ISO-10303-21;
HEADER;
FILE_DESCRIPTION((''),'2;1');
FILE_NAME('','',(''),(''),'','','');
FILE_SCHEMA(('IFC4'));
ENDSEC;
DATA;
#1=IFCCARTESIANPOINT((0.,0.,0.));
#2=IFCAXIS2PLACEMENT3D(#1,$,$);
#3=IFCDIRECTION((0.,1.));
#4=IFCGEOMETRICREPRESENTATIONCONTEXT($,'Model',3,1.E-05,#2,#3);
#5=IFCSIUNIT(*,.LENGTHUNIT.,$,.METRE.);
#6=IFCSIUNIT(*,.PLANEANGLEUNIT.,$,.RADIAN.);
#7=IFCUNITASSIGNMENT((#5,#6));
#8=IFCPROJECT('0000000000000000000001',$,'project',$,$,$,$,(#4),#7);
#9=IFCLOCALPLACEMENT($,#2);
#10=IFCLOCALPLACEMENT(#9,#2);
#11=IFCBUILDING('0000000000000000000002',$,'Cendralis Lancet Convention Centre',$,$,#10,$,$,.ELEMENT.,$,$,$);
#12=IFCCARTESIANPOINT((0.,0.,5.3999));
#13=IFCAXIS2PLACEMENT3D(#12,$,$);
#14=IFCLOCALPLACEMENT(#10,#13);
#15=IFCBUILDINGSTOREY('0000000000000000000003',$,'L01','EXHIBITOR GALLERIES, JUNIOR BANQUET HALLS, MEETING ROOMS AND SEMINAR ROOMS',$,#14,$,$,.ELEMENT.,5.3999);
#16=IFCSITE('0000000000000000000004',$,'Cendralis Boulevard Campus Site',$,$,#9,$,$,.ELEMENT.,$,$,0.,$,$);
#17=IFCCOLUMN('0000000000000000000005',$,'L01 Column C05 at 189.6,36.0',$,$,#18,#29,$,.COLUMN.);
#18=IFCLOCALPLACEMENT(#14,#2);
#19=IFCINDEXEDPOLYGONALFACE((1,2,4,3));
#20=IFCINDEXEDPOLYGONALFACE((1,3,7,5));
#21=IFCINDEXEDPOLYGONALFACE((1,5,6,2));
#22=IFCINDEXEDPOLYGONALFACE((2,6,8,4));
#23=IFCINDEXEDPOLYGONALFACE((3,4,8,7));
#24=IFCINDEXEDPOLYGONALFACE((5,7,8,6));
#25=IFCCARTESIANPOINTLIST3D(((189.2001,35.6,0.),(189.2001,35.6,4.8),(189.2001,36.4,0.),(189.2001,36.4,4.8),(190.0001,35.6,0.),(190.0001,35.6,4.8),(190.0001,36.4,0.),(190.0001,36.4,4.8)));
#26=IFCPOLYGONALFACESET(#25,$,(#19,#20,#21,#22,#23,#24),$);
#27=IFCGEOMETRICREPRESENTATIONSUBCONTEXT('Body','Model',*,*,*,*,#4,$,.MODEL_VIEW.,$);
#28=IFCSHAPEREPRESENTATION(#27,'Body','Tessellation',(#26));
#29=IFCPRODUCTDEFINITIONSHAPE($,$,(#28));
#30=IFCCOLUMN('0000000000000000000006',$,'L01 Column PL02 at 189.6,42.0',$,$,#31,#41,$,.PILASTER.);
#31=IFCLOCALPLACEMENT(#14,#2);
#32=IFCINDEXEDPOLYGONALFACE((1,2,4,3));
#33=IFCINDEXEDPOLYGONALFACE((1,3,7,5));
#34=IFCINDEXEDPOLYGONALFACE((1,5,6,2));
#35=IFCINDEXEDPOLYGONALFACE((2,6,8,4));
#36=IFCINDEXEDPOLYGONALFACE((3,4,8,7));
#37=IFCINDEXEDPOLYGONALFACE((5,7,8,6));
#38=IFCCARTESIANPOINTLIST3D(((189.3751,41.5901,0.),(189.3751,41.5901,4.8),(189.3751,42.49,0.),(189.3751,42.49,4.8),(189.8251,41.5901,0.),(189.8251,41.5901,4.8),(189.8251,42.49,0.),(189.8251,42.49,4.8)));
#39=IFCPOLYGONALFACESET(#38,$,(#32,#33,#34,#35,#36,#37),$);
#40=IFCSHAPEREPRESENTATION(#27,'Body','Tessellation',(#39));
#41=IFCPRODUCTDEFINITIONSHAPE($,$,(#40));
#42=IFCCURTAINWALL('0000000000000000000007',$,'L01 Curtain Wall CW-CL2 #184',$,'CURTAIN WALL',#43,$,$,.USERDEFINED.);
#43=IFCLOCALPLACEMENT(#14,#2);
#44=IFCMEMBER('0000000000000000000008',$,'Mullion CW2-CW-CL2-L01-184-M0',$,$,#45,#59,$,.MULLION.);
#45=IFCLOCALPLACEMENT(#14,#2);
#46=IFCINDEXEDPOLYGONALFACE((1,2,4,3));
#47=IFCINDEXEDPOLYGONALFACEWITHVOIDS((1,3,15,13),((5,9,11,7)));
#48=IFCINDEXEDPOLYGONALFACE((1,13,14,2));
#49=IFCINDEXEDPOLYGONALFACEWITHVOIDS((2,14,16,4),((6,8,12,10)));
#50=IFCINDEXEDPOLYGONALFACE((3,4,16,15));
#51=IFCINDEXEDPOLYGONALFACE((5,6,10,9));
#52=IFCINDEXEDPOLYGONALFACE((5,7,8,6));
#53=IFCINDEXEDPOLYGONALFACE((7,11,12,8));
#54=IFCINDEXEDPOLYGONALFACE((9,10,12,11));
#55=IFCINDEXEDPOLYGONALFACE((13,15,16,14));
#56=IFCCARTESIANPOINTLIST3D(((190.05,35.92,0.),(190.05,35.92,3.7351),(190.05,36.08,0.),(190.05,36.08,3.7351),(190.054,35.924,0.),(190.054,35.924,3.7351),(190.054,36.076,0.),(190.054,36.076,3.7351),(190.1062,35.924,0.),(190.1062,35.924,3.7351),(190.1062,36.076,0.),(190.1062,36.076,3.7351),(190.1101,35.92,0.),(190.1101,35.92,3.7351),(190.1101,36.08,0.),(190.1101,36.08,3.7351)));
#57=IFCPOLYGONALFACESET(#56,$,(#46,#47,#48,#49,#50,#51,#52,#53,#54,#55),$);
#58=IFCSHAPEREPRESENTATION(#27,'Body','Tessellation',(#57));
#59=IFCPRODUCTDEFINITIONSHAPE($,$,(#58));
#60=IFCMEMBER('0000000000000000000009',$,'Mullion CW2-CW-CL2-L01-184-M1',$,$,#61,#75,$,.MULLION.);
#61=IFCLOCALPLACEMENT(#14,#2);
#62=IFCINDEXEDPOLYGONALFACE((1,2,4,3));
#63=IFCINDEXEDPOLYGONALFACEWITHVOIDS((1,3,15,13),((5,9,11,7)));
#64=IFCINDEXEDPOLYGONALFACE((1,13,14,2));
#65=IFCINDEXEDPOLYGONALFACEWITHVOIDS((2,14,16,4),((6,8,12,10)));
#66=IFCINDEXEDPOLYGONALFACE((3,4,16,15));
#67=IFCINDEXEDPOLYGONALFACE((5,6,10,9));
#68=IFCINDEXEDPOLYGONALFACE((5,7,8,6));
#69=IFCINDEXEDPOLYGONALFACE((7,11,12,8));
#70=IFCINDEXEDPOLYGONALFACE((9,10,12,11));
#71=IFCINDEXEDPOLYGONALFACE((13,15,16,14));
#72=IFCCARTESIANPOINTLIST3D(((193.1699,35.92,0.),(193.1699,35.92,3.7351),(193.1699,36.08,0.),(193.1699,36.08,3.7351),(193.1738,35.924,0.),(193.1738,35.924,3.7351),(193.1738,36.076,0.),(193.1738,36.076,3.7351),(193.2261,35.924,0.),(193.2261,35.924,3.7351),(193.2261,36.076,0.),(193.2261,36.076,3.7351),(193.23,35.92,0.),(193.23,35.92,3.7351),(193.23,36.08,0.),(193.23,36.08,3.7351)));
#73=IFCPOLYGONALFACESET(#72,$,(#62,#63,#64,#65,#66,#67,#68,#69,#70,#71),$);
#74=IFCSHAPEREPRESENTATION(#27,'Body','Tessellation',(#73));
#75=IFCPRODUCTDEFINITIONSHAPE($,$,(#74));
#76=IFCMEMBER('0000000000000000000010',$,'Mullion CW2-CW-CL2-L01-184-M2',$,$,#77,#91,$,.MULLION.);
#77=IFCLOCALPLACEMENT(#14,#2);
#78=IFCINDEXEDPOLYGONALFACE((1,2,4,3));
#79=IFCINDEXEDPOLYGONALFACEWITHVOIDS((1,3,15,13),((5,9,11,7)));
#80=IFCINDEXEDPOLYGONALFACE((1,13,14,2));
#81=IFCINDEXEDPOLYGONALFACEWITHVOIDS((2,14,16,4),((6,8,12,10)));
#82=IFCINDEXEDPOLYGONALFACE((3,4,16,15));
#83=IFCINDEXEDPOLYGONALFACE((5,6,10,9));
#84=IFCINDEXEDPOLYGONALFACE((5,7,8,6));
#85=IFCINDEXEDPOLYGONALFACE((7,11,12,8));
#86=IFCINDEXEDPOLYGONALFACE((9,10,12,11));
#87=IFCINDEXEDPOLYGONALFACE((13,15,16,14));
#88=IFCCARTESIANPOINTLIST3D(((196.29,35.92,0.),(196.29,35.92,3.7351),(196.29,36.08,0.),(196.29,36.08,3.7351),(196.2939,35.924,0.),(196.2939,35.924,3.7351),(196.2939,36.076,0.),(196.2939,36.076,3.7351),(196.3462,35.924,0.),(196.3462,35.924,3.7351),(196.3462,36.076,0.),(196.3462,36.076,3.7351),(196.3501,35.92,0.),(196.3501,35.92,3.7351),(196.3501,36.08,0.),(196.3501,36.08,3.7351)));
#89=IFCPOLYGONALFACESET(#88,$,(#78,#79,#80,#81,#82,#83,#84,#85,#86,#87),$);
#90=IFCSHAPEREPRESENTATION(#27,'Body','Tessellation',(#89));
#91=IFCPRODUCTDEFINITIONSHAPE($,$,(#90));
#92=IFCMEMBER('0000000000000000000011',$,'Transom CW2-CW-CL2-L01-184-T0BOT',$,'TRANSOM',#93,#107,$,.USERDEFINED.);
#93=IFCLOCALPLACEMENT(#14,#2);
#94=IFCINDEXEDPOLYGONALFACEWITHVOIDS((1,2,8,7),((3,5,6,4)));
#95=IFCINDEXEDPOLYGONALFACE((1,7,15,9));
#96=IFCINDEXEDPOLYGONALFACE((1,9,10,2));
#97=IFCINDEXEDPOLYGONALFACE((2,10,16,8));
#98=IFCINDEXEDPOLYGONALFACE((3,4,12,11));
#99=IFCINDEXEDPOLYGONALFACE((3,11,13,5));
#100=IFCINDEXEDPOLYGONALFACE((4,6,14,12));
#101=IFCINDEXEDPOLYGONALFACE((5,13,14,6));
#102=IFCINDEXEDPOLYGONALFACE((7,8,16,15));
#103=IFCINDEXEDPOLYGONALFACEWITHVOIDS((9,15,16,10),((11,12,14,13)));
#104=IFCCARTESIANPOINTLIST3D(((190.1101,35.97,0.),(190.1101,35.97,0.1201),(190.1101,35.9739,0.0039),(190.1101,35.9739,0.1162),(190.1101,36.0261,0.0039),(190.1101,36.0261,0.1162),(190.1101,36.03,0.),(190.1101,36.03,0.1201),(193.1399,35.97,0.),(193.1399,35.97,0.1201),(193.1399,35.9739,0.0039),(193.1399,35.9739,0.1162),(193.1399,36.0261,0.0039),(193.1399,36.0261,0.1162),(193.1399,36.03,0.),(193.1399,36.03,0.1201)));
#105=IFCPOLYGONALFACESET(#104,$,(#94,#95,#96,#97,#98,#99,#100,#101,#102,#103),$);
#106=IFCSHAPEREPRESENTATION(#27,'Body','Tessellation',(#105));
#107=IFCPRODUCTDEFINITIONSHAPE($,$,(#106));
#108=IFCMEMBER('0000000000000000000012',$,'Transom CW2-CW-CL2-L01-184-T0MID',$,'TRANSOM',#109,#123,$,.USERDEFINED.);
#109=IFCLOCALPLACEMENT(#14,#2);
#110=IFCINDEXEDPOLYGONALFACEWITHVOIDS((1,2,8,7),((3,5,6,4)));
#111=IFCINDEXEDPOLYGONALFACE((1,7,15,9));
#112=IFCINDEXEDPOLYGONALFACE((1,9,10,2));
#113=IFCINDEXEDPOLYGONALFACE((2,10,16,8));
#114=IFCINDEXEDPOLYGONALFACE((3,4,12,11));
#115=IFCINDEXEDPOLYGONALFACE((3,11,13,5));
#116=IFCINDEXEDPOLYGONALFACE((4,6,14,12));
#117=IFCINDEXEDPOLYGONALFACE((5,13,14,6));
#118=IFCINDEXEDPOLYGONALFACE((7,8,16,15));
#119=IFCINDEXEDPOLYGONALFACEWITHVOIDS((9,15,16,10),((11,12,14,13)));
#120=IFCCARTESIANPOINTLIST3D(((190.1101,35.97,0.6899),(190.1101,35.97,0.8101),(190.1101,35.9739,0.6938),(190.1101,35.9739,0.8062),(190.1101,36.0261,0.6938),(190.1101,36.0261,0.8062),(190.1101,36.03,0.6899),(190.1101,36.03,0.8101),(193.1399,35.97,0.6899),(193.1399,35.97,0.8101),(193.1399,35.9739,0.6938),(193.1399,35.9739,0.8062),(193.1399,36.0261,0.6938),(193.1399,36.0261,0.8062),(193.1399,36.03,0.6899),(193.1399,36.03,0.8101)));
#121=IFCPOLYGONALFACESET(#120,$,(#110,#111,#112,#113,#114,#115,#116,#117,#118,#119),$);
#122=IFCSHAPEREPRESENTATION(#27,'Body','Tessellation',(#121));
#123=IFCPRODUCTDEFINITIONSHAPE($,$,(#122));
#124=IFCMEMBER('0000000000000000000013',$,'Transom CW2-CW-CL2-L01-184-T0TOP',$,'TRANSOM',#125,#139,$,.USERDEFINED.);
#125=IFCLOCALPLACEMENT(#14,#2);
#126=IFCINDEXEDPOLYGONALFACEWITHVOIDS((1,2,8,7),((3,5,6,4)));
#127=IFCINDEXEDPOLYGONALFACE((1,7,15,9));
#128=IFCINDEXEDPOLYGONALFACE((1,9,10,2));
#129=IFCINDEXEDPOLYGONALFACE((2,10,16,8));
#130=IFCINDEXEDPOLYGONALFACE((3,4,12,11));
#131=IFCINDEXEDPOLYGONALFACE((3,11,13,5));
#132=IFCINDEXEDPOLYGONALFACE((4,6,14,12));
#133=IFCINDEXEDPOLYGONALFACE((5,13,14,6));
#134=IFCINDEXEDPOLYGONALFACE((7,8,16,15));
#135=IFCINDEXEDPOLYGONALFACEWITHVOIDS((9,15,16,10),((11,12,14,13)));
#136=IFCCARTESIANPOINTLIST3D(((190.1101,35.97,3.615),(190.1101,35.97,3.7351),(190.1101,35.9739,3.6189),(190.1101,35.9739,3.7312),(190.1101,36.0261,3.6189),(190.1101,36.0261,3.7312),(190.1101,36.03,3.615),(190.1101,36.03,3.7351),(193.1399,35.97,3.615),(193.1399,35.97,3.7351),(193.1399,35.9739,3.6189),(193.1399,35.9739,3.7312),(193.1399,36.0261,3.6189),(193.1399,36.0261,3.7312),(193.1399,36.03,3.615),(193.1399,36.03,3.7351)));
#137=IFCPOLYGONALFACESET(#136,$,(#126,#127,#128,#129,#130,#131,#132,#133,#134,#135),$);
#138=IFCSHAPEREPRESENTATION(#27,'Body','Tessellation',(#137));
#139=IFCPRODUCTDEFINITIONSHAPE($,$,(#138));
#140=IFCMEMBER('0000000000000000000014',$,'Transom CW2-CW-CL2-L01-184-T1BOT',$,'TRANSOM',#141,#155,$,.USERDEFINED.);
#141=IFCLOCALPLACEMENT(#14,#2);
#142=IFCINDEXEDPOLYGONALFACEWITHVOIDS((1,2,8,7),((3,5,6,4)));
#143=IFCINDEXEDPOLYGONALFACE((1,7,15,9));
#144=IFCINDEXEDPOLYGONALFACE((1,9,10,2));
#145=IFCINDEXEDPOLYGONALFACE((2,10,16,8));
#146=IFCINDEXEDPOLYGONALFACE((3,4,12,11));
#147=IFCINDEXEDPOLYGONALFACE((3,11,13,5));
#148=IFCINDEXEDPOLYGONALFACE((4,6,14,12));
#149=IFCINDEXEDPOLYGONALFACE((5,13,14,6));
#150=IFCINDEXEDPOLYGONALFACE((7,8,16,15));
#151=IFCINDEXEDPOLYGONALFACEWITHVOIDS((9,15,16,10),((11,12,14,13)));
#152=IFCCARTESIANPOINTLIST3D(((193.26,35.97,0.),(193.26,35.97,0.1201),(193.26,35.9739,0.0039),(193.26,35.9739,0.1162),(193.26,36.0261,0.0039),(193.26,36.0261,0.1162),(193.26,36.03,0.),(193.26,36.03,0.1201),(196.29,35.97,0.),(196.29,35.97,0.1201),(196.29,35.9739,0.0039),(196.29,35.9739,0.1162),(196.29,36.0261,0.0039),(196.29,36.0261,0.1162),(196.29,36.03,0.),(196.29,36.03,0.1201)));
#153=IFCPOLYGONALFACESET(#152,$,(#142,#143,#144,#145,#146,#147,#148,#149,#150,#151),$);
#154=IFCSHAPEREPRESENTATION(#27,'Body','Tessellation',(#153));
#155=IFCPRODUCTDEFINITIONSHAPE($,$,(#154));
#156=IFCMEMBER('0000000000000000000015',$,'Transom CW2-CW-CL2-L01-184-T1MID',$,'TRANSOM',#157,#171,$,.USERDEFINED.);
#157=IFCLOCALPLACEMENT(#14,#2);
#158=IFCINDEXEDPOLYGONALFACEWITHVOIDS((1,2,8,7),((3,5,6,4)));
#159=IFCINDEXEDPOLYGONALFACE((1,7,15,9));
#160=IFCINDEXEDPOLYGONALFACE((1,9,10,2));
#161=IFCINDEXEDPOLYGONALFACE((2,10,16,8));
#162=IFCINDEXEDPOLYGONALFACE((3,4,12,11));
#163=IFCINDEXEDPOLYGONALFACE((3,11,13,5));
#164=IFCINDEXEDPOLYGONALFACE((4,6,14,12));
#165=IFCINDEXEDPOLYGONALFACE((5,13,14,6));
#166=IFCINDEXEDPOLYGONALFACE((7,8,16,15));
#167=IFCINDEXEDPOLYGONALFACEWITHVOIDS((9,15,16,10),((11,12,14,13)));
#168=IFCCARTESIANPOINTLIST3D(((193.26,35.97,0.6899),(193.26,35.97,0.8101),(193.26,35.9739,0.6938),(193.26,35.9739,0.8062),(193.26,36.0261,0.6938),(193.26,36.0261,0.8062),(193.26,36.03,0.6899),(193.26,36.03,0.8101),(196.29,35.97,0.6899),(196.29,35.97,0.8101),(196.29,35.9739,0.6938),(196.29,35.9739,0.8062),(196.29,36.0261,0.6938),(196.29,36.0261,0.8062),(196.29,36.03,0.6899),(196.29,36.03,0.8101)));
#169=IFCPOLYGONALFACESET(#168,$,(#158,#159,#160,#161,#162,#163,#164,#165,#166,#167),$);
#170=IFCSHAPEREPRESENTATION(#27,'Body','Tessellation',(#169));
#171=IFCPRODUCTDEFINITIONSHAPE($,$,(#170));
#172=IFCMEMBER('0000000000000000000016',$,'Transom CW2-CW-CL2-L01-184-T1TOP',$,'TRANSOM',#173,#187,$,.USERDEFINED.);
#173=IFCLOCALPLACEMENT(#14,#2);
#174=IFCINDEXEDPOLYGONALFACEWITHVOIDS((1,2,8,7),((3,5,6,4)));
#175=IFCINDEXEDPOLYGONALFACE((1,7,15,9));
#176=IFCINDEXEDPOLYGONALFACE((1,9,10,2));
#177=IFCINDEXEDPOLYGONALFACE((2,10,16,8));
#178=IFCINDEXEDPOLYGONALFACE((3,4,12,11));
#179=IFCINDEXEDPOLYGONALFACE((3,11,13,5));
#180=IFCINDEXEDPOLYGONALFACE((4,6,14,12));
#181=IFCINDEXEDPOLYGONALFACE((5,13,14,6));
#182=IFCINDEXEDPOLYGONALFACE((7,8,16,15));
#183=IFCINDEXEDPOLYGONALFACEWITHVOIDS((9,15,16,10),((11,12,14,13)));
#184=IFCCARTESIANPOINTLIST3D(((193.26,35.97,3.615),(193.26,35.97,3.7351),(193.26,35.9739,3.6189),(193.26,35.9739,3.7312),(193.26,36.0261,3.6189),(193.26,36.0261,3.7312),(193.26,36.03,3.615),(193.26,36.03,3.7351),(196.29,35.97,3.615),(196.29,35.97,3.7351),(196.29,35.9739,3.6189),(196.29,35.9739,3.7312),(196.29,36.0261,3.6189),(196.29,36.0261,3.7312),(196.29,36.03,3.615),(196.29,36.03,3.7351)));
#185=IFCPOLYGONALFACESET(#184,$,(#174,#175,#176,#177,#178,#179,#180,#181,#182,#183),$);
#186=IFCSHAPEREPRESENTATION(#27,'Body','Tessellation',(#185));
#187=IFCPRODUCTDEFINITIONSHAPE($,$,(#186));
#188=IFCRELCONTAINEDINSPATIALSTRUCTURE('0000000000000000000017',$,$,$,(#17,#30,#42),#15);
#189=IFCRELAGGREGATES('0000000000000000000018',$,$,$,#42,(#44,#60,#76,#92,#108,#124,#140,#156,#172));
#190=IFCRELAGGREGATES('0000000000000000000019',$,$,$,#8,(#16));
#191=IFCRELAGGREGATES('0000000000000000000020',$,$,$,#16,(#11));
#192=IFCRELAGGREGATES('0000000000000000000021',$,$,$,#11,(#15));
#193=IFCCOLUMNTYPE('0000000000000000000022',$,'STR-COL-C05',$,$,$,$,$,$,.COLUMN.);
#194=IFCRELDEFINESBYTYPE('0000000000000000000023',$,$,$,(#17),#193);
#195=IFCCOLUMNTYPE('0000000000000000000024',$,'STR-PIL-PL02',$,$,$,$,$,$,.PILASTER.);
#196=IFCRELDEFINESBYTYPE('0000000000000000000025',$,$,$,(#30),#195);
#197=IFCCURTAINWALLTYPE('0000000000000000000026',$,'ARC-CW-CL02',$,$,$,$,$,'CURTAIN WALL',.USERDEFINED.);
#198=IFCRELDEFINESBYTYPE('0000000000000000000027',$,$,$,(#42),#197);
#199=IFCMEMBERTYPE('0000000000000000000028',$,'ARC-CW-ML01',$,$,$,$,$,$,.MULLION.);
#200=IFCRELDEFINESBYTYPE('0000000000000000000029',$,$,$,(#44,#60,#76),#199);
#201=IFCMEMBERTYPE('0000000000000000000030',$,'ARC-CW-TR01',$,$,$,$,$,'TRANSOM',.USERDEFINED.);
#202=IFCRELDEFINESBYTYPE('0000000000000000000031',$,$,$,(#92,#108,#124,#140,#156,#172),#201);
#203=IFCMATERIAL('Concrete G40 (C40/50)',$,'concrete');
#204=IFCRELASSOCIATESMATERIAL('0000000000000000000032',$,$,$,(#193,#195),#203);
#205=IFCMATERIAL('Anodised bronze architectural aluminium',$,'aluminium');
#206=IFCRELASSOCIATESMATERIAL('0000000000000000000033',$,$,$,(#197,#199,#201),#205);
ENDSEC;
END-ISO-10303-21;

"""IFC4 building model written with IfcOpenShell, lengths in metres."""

from ifc_helpers import new_model, si_unit, direction, frame, origin, origin_2d, place, context, subcontext, project, spatial, rectangle, hollow_rectangle, extrude, material, material_profile, profile_set, type_object, element, aggregate, save


model = new_model("IFC4")

# Units and contexts
model_context = context("Model", 3, precision=1e-05, world=origin(), true_north=direction((0.0, 1.0)))
body_context = subcontext(model_context, "Body", "Model", "MODEL_VIEW")
ifc_project = project(units=[si_unit("LENGTHUNIT", "METRE"), si_unit("PLANEANGLEUNIT", "RADIAN")], contexts=[model_context])

# Site, building, storey
site_placement = place(None, origin())
site = spatial("IfcSite", under=ifc_project, at=site_placement, Name="Cendralis Boulevard Campus Site", CompositionType="ELEMENT", RefElevation=0.0)
building_placement = place(site_placement, origin())
building = spatial("IfcBuilding", under=site, at=building_placement, Name="Cendralis Lancet Convention Centre", CompositionType="ELEMENT")
storey_placement = place(building_placement, frame((0.0, 0.0, 5.3999)))
storey = spatial("IfcBuildingStorey", under=building, at=storey_placement, Name="L01", Description="EXHIBITOR GALLERIES, JUNIOR BANQUET HALLS, MEETING ROOMS AND SEMINAR ROOMS", CompositionType="ELEMENT", Elevation=5.3999)

# Columns
ifc_material_1 = material(Name="Concrete G40 (C40/50)", Category="concrete")
ifc_material_profile_1 = material_profile(ifc_material_1, rectangle(XDim=0.8, YDim=0.8, at=origin_2d()), Name="RC 800x800")
ifc_profile_set_1 = profile_set([ifc_material_profile_1], Name="Concrete G40 (C40/50)")
column_type_1 = type_object("IfcColumnType", Name="STR-COL-C05", PredefinedType="COLUMN", material=ifc_profile_set_1)
column_1_placement = place(storey_placement, frame((189.6001, 36.0, 0.0), z_axis=(0.0, 0.0, 1.0), x_axis=(1.0, 0.0, 0.0)))
element("IfcColumn", 1, at=column_1_placement, inside=storey, type_object=column_type_1, Name="L01 Column C05 at 189.6,36.0", PredefinedType="COLUMN", context=body_context, shape_type="SweptSolid", body=[
    extrude(rectangle(XDim=0.8, YDim=0.8, at=origin_2d()), origin(), (0.0, 0.0, 1.0), 4.8),
])
ifc_material_profile_2 = material_profile(ifc_material_1, rectangle(XDim=0.45, YDim=0.8999, at=origin_2d()), Name="RC 450x900")
ifc_profile_set_2 = profile_set([ifc_material_profile_2], Name="Concrete G40 (C40/50)")
column_type_2 = type_object("IfcColumnType", Name="STR-PIL-PL02", PredefinedType="PILASTER", material=ifc_profile_set_2)
column_2_placement = place(storey_placement, frame((189.6001, 42.04, 0.0), z_axis=(0.0, 0.0, 1.0), x_axis=(1.0, 0.0, 0.0)))
element("IfcColumn", 2, at=column_2_placement, inside=storey, type_object=column_type_2, Name="L01 Column PL02 at 189.6,42.0", PredefinedType="PILASTER", context=body_context, shape_type="SweptSolid", body=[
    extrude(rectangle(XDim=0.45, YDim=0.8999, at=origin_2d()), origin(), (0.0, 0.0, 1.0), 4.8),
])

# Curtain wall, members
ifc_material_2 = material(Name="Anodised bronze architectural aluminium", Category="aluminium")
curtain_wall_type = type_object("IfcCurtainWallType", Name="ARC-CW-CL02", ElementType="CURTAIN WALL", PredefinedType="USERDEFINED", material=ifc_material_2)
curtain_wall_placement = place(storey_placement, origin())
curtain_wall = element("IfcCurtainWall", 3, at=curtain_wall_placement, inside=storey, type_object=curtain_wall_type, Name="L01 Curtain Wall CW-CL2 #184", ObjectType="CURTAIN WALL", PredefinedType="USERDEFINED")
ifc_material_profile_3 = material_profile(ifc_material_2, hollow_rectangle(XDim=0.0601, YDim=0.1599, WallThickness=0.0039, at=origin_2d()), Name="AL-MULL 60x160x4.0")
ifc_profile_set_3 = profile_set([ifc_material_profile_3], Name="Anodised bronze architectural aluminium")
member_type_1 = type_object("IfcMemberType", Name="ARC-CW-ML01", PredefinedType="MULLION", material=ifc_profile_set_3)
member_1_placement = place(storey_placement, frame((190.0801, 36.0, 0.0), z_axis=(0.0, 0.0, 1.0), x_axis=(1.0, 0.0, 0.0)))
member_1 = element("IfcMember", 4, at=member_1_placement, type_object=member_type_1, Name="Mullion CW2-CW-CL2-L01-184-M0", PredefinedType="MULLION", context=body_context, shape_type="SweptSolid", body=[
    extrude(hollow_rectangle(XDim=0.0601, YDim=0.1599, WallThickness=0.0039, at=origin_2d()), origin(), (0.0, 0.0, 1.0), 3.7351),
])
member_2_placement = place(storey_placement, frame((193.2, 36.0, 0.0), z_axis=(0.0, 0.0, 1.0), x_axis=(1.0, 0.0, 0.0)))
member_2 = element("IfcMember", 5, at=member_2_placement, type_object=member_type_1, Name="Mullion CW2-CW-CL2-L01-184-M1", PredefinedType="MULLION", context=body_context, shape_type="SweptSolid", body=[
    extrude(hollow_rectangle(XDim=0.0601, YDim=0.1599, WallThickness=0.0039, at=origin_2d()), origin(), (0.0, 0.0, 1.0), 3.7351),
])
member_3_placement = place(storey_placement, frame((196.3201, 36.0, 0.0), z_axis=(0.0, 0.0, 1.0), x_axis=(1.0, 0.0, 0.0)))
member_3 = element("IfcMember", 6, at=member_3_placement, type_object=member_type_1, Name="Mullion CW2-CW-CL2-L01-184-M2", PredefinedType="MULLION", context=body_context, shape_type="SweptSolid", body=[
    extrude(hollow_rectangle(XDim=0.0601, YDim=0.1599, WallThickness=0.0039, at=origin_2d()), origin(), (0.0, 0.0, 1.0), 3.7351),
])
ifc_material_profile_4 = material_profile(ifc_material_2, hollow_rectangle(XDim=0.0601, YDim=0.1201, WallThickness=0.0039, at=origin_2d()), Name="AL-TRAN 60x120x4.0")
ifc_profile_set_4 = profile_set([ifc_material_profile_4], Name="Anodised bronze architectural aluminium")
member_type_2 = type_object("IfcMemberType", Name="ARC-CW-TR01", ElementType="TRANSOM", PredefinedType="USERDEFINED", material=ifc_profile_set_4)
member_4_placement = place(storey_placement, frame((190.1101, 36.0, 0.0601), z_axis=(1.0, 0.0, 0.0), x_axis=(0.0, 1.0, 0.0)))
member_4 = element("IfcMember", 7, at=member_4_placement, type_object=member_type_2, Name="Transom CW2-CW-CL2-L01-184-T0BOT", ObjectType="TRANSOM", PredefinedType="USERDEFINED", context=body_context, shape_type="SweptSolid", body=[
    extrude(hollow_rectangle(XDim=0.0601, YDim=0.1201, WallThickness=0.0039, at=origin_2d()), origin(), (0.0, 0.0, 1.0), 3.0298),
])
member_5_placement = place(storey_placement, frame((190.1101, 36.0, 0.75), z_axis=(1.0, 0.0, 0.0), x_axis=(0.0, 1.0, 0.0)))
member_5 = element("IfcMember", 8, at=member_5_placement, type_object=member_type_2, Name="Transom CW2-CW-CL2-L01-184-T0MID", ObjectType="TRANSOM", PredefinedType="USERDEFINED", context=body_context, shape_type="SweptSolid", body=[
    extrude(hollow_rectangle(XDim=0.0601, YDim=0.1201, WallThickness=0.0039, at=origin_2d()), origin(), (0.0, 0.0, 1.0), 3.0298),
])
member_6_placement = place(storey_placement, frame((190.1101, 36.0, 3.675), z_axis=(1.0, 0.0, 0.0), x_axis=(0.0, 1.0, 0.0)))
member_6 = element("IfcMember", 9, at=member_6_placement, type_object=member_type_2, Name="Transom CW2-CW-CL2-L01-184-T0TOP", ObjectType="TRANSOM", PredefinedType="USERDEFINED", context=body_context, shape_type="SweptSolid", body=[
    extrude(hollow_rectangle(XDim=0.0601, YDim=0.1201, WallThickness=0.0039, at=origin_2d()), origin(), (0.0, 0.0, 1.0), 3.0298),
])
member_7_placement = place(storey_placement, frame((193.26, 36.0, 0.0601), z_axis=(1.0, 0.0, 0.0), x_axis=(0.0, 1.0, 0.0)))
member_7 = element("IfcMember", 10, at=member_7_placement, type_object=member_type_2, Name="Transom CW2-CW-CL2-L01-184-T1BOT", ObjectType="TRANSOM", PredefinedType="USERDEFINED", context=body_context, shape_type="SweptSolid", body=[
    extrude(hollow_rectangle(XDim=0.0601, YDim=0.1201, WallThickness=0.0039, at=origin_2d()), origin(), (0.0, 0.0, 1.0), 3.03),
])
member_8_placement = place(storey_placement, frame((193.26, 36.0, 0.75), z_axis=(1.0, 0.0, 0.0), x_axis=(0.0, 1.0, 0.0)))
member_8 = element("IfcMember", 11, at=member_8_placement, type_object=member_type_2, Name="Transom CW2-CW-CL2-L01-184-T1MID", ObjectType="TRANSOM", PredefinedType="USERDEFINED", context=body_context, shape_type="SweptSolid", body=[
    extrude(hollow_rectangle(XDim=0.0601, YDim=0.1201, WallThickness=0.0039, at=origin_2d()), origin(), (0.0, 0.0, 1.0), 3.03),
])
member_9_placement = place(storey_placement, frame((193.26, 36.0, 3.675), z_axis=(1.0, 0.0, 0.0), x_axis=(0.0, 1.0, 0.0)))
member_9 = element("IfcMember", 12, at=member_9_placement, type_object=member_type_2, Name="Transom CW2-CW-CL2-L01-184-T1TOP", ObjectType="TRANSOM", PredefinedType="USERDEFINED", context=body_context, shape_type="SweptSolid", body=[
    extrude(hollow_rectangle(XDim=0.0601, YDim=0.1201, WallThickness=0.0039, at=origin_2d()), origin(), (0.0, 0.0, 1.0), 3.03),
])

aggregate(curtain_wall, [member_1, member_2, member_3, member_4, member_5, member_6, member_7, member_8, member_9])

save(model, "model.ifc")
